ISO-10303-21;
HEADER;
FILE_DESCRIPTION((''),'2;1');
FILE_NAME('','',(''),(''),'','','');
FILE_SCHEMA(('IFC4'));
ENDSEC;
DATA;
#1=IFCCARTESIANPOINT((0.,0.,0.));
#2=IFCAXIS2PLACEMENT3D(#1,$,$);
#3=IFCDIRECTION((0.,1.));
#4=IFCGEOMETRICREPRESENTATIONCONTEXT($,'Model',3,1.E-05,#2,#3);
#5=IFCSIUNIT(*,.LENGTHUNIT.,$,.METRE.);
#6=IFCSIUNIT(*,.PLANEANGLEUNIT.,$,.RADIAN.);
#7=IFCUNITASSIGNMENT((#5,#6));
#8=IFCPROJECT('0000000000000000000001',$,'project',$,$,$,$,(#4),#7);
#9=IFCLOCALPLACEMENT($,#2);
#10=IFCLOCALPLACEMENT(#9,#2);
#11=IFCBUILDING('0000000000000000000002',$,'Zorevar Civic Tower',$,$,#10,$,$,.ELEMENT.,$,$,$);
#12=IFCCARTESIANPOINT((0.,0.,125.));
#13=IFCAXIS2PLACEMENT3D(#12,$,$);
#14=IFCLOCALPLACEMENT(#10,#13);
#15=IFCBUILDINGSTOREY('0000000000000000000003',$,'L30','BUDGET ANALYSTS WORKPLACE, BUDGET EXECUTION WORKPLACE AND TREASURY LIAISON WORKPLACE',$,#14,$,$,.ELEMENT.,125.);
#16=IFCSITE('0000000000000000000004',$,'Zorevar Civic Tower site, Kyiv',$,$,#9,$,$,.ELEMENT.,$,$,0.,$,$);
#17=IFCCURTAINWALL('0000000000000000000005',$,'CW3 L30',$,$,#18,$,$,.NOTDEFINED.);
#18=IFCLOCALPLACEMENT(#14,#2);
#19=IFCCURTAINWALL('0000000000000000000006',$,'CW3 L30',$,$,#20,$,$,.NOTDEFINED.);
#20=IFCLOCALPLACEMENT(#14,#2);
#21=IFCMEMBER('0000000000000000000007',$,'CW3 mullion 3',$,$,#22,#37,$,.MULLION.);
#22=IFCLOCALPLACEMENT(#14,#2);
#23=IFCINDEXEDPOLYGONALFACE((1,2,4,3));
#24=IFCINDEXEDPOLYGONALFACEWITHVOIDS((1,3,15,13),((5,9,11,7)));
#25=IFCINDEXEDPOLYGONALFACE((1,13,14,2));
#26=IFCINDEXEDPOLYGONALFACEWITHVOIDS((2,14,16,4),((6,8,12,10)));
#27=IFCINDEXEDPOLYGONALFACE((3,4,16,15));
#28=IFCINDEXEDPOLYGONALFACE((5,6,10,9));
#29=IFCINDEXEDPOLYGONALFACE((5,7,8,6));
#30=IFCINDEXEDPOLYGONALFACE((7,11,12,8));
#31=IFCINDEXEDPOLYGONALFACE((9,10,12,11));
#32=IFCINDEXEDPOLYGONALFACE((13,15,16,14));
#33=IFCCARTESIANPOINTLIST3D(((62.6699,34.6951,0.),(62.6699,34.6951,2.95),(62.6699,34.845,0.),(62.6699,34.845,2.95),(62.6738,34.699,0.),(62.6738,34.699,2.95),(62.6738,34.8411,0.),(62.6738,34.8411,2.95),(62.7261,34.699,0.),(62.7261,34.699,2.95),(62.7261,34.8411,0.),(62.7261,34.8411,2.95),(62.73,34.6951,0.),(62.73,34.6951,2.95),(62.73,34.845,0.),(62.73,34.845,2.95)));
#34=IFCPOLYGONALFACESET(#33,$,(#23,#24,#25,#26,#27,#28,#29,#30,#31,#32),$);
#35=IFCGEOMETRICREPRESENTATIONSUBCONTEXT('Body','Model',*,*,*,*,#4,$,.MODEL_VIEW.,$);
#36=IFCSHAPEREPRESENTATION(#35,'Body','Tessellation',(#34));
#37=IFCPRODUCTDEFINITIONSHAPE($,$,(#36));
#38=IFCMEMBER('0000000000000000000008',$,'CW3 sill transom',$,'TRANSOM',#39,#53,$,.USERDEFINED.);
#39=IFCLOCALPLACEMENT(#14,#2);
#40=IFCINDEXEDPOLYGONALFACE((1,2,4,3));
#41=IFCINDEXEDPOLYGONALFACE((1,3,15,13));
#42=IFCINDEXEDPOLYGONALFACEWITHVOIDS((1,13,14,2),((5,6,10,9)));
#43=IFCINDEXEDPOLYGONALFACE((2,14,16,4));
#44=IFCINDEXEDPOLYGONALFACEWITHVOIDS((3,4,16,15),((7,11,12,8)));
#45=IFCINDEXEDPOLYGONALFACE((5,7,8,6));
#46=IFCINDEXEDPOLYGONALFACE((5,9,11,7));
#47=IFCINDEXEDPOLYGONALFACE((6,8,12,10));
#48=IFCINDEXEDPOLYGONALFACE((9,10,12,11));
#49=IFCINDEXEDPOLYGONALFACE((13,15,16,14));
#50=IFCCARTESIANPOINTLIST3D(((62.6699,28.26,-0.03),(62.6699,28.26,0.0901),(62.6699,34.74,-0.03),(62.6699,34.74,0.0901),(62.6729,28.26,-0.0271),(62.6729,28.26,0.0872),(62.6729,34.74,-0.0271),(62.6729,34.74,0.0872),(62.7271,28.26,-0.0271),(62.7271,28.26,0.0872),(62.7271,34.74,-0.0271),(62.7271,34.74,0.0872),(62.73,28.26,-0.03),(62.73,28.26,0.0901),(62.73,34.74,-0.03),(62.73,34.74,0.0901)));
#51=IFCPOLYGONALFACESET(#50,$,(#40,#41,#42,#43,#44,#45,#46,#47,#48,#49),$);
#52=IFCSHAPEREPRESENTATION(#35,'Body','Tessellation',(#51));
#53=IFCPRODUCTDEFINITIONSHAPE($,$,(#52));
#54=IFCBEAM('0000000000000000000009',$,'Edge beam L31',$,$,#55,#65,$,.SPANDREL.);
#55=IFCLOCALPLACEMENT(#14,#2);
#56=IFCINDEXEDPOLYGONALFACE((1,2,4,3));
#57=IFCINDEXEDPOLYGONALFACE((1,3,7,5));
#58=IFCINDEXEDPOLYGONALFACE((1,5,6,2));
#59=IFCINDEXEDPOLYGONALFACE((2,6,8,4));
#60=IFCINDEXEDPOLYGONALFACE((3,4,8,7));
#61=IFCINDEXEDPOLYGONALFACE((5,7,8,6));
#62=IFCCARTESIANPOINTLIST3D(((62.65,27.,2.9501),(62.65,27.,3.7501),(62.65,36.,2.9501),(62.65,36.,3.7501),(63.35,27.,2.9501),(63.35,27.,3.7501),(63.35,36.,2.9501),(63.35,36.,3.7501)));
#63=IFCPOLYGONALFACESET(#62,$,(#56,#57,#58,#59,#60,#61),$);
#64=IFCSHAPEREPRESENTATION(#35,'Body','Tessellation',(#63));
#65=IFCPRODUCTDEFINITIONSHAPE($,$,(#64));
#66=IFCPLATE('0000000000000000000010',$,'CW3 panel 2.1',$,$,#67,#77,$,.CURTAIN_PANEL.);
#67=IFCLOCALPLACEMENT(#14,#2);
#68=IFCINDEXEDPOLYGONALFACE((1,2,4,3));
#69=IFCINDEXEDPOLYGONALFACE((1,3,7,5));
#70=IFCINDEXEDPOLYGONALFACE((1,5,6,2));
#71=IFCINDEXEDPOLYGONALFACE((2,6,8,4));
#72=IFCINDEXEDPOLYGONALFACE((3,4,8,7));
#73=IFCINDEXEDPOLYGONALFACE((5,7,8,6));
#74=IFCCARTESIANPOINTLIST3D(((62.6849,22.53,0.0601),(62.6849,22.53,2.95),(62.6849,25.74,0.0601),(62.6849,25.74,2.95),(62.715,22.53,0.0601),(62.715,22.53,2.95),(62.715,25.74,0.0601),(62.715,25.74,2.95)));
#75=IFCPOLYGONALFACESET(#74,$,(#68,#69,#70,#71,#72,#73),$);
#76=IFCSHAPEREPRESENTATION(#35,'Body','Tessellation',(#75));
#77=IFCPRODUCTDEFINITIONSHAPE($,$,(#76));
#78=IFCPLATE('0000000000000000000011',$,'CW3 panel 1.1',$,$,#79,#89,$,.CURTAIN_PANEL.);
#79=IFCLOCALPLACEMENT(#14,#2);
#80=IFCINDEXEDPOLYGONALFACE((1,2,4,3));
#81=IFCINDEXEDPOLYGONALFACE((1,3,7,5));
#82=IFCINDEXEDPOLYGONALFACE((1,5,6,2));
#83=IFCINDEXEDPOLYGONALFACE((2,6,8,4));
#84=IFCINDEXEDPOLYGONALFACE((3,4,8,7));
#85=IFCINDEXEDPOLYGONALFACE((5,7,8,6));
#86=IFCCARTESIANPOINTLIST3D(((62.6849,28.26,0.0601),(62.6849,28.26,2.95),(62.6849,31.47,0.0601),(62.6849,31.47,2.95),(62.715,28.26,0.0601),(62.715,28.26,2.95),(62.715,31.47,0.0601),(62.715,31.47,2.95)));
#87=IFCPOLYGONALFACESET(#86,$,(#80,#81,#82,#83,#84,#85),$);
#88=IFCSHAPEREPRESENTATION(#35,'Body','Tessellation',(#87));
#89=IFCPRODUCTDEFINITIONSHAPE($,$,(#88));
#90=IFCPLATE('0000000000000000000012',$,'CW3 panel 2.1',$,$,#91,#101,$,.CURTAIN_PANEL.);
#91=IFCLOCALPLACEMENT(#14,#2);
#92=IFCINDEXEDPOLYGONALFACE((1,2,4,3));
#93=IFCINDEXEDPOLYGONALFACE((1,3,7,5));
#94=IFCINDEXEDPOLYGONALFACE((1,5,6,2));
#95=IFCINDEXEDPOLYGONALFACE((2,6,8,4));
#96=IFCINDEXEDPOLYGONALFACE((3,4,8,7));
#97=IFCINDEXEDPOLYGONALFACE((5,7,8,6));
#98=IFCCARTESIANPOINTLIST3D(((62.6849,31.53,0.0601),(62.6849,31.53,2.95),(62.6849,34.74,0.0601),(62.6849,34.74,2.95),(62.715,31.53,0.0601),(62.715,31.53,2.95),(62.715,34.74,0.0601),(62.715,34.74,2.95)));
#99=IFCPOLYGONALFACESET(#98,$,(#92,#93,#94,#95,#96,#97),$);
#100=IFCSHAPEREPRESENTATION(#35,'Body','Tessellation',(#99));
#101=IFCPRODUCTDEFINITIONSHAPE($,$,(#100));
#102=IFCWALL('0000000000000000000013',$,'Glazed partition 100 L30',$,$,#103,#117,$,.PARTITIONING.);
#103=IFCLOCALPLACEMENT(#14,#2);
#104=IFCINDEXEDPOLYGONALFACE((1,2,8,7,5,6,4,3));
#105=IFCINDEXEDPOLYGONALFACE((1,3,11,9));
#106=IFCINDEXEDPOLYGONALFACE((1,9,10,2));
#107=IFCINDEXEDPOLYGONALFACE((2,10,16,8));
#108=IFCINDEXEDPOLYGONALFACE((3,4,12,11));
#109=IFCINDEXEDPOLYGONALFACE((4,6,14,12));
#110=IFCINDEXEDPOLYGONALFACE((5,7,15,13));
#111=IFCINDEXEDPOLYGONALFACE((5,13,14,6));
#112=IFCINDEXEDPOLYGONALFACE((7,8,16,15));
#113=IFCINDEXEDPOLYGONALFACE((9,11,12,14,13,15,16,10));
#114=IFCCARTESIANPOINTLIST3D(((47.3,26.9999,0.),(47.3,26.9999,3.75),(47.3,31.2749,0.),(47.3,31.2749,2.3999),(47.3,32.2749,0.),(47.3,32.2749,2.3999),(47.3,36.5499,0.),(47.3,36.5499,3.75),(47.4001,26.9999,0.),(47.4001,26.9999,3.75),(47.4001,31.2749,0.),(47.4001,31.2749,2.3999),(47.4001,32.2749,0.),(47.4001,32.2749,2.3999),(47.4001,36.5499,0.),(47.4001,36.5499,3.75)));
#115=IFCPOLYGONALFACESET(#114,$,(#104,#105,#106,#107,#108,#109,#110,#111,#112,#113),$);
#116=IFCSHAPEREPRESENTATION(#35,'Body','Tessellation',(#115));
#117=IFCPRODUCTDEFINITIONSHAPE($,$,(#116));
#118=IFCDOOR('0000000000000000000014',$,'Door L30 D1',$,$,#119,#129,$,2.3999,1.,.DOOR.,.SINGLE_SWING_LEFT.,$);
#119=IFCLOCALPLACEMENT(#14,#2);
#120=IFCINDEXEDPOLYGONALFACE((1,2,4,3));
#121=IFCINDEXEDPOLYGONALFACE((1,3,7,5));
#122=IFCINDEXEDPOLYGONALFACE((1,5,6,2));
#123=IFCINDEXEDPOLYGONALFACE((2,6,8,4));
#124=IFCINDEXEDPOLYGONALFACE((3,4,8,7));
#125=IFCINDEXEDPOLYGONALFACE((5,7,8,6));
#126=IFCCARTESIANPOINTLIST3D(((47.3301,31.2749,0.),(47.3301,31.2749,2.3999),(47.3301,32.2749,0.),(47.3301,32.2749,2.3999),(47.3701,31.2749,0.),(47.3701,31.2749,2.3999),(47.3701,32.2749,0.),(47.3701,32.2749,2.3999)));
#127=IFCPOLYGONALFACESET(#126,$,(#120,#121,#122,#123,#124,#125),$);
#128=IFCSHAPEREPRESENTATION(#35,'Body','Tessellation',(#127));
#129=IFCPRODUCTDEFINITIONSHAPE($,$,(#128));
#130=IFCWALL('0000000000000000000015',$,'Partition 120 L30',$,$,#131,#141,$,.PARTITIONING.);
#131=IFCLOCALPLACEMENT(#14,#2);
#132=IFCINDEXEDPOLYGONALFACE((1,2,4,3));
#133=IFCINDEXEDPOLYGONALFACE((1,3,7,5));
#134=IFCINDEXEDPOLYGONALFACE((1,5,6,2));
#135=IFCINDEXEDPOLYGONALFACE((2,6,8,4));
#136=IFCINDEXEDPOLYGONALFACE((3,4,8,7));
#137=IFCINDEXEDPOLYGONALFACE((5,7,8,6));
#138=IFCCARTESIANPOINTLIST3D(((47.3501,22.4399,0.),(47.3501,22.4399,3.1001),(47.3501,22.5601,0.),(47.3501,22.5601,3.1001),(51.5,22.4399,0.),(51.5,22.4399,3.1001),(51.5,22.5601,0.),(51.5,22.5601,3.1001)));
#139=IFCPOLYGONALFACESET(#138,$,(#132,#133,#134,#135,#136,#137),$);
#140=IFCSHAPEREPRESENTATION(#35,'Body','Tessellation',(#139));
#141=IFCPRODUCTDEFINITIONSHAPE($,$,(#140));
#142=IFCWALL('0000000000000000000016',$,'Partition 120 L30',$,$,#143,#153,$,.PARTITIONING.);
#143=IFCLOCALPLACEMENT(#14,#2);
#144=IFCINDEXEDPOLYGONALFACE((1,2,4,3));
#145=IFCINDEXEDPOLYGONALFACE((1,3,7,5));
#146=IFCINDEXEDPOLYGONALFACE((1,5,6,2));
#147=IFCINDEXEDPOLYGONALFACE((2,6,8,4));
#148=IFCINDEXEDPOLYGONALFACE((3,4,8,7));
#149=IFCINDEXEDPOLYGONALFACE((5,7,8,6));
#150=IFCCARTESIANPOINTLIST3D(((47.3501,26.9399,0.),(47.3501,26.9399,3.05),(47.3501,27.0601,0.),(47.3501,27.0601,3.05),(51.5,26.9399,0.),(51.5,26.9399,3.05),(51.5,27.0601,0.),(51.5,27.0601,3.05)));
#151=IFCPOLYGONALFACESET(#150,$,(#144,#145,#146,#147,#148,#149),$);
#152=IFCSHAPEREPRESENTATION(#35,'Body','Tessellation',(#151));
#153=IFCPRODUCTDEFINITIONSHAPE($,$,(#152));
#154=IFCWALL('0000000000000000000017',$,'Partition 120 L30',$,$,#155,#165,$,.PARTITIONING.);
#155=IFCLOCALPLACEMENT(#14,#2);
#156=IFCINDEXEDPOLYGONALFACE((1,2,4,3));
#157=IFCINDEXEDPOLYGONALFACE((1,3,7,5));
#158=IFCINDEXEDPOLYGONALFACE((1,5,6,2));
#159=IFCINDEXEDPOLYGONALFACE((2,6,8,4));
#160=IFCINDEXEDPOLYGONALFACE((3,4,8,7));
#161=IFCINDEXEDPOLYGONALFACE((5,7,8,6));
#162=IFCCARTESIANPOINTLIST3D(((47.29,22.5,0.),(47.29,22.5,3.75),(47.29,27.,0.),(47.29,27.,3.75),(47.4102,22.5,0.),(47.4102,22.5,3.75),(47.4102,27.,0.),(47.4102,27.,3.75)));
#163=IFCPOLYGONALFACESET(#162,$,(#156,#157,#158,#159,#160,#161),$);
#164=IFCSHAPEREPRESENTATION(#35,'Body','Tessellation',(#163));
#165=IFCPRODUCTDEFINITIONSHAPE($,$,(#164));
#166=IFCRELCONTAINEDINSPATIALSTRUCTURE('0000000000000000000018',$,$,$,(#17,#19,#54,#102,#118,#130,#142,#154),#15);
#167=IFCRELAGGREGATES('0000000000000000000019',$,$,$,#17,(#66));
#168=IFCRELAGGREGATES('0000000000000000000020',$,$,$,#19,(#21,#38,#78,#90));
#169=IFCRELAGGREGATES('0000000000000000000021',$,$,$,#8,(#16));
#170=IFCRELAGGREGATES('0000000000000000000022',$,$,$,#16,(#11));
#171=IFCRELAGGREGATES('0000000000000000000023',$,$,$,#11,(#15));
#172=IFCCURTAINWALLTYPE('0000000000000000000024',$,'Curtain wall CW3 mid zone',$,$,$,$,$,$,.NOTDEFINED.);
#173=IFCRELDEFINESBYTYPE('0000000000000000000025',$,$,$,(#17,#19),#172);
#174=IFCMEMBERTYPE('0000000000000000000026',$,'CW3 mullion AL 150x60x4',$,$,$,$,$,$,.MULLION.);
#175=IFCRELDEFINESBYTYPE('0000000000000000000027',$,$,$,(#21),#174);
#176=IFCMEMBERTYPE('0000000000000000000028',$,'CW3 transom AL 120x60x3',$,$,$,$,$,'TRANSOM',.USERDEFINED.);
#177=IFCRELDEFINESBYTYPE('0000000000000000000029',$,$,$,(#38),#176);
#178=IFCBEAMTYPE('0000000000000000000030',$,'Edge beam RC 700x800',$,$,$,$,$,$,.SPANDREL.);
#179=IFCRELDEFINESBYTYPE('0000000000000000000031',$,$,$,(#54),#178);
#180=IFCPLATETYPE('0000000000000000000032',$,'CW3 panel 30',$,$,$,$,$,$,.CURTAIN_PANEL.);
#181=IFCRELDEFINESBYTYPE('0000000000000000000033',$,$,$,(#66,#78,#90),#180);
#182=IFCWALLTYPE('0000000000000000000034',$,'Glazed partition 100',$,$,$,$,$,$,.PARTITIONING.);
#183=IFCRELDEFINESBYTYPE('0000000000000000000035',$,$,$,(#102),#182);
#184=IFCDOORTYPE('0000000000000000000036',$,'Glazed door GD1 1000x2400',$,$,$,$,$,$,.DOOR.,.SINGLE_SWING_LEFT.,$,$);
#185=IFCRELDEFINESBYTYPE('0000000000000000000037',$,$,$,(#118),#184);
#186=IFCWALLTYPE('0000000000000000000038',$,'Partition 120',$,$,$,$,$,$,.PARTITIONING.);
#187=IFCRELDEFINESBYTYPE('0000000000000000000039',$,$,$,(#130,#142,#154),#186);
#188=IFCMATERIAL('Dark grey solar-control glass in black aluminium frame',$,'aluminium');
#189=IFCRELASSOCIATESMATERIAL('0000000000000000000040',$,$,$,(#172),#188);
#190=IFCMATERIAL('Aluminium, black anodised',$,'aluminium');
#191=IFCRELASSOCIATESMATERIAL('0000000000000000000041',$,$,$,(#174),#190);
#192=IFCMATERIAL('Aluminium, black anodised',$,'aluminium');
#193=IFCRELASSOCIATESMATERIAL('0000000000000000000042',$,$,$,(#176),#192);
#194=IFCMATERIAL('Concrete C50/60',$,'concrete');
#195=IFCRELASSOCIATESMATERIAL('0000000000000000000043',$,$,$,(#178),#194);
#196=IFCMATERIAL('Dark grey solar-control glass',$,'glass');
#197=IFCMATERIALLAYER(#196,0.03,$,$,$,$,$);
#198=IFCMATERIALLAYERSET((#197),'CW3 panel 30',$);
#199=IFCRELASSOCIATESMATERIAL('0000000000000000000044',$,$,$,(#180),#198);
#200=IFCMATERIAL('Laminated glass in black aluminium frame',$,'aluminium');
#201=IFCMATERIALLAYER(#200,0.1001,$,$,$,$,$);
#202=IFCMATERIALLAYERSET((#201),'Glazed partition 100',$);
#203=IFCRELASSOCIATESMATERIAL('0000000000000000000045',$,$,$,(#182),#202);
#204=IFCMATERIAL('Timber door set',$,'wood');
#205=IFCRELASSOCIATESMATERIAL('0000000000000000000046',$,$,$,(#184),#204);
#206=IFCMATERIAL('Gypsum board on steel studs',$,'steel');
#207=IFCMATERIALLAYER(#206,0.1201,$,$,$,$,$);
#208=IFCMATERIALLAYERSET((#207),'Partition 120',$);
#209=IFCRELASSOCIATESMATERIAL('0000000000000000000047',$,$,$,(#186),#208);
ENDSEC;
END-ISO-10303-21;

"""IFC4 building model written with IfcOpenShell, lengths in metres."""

from ifc_helpers import new_model, si_unit, direction, frame, frame_2d, origin, origin_2d, place, context, subcontext, project, spatial, rectangle, hollow_rectangle, extrude, material, layer, layer_set, material_profile, profile_set, type_object, element, fill, aggregate, save


model = new_model("IFC4")

# Units and contexts
model_context = context("Model", 3, precision=1e-05, world=origin(), true_north=direction((0.0, 1.0)))
body_context = subcontext(model_context, "Body", "Model", "MODEL_VIEW")
ifc_project = project(units=[si_unit("LENGTHUNIT", "METRE"), si_unit("PLANEANGLEUNIT", "RADIAN")], contexts=[model_context])

# Site, building, storey
site_placement = place(None, origin())
site = spatial("IfcSite", under=ifc_project, at=site_placement, Name="Zorevar Civic Tower site, Kyiv", CompositionType="ELEMENT", RefElevation=0.0)
building_placement = place(site_placement, origin())
building = spatial("IfcBuilding", under=site, at=building_placement, Name="Zorevar Civic Tower", CompositionType="ELEMENT")
storey_placement = place(building_placement, frame((0.0, 0.0, 125.0)))
storey = spatial("IfcBuildingStorey", under=building, at=storey_placement, Name="L30", Description="BUDGET ANALYSTS WORKPLACE, BUDGET EXECUTION WORKPLACE AND TREASURY LIAISON WORKPLACE", CompositionType="ELEMENT", Elevation=125.0)

# Curtain walls, members
ifc_material_1 = material(Name="Dark grey solar-control glass in black aluminium frame", Category="aluminium")
curtain_wall_type = type_object("IfcCurtainWallType", Name="Curtain wall CW3 mid zone", PredefinedType="NOTDEFINED", material=ifc_material_1)
curtain_wall_1_placement = place(storey_placement, origin())
curtain_wall_1 = element("IfcCurtainWall", 1, at=curtain_wall_1_placement, inside=storey, type_object=curtain_wall_type, Name="CW3 L30", PredefinedType="NOTDEFINED")
ifc_material_2 = material(Name="Aluminium, black anodised", Category="aluminium")
ifc_material_profile_1 = material_profile(ifc_material_2, hollow_rectangle(XDim=0.0601, YDim=0.1499, WallThickness=0.0039, at=origin_2d()), Name="AL 150x60x4")
ifc_profile_set_1 = profile_set([ifc_material_profile_1], Name="Aluminium, black anodised")
member_type_1 = type_object("IfcMemberType", Name="CW3 mullion AL 150x60x4", PredefinedType="MULLION", material=ifc_profile_set_1)
curtain_wall_2_placement = place(storey_placement, origin())
curtain_wall_2 = element("IfcCurtainWall", 2, at=curtain_wall_2_placement, inside=storey, type_object=curtain_wall_type, Name="CW3 L30", PredefinedType="NOTDEFINED")
member_1_placement = place(storey_placement, frame((62.7, 34.77, 0.0), z_axis=(0.0, 0.0, 1.0), x_axis=(-1.0, 0.0, 0.0)))
member_1 = element("IfcMember", 3, at=member_1_placement, type_object=member_type_1, Name="CW3 mullion 3", PredefinedType="MULLION", context=body_context, shape_type="SweptSolid", body=[
    extrude(hollow_rectangle(XDim=0.0601, YDim=0.1499, WallThickness=0.0039, at=origin_2d()), origin(), (0.0, 0.0, 1.0), 2.95),
])
ifc_material_3 = material(Name="Aluminium, black anodised", Category="aluminium")
ifc_material_profile_2 = material_profile(ifc_material_3, hollow_rectangle(XDim=0.0601, YDim=0.1201, WallThickness=0.0029, at=origin_2d()), Name="AL 120x60x3")
ifc_profile_set_2 = profile_set([ifc_material_profile_2], Name="Aluminium, black anodised")
member_type_2 = type_object("IfcMemberType", Name="CW3 transom AL 120x60x3", ElementType="TRANSOM", PredefinedType="USERDEFINED", material=ifc_profile_set_2)
member_2_placement = place(storey_placement, frame((62.7, 28.26, 0.03), z_axis=(0.0, 1.0, 0.0), x_axis=(-1.0, 0.0, 0.0)))
member_2 = element("IfcMember", 4, at=member_2_placement, type_object=member_type_2, Name="CW3 sill transom", ObjectType="TRANSOM", PredefinedType="USERDEFINED", context=body_context, shape_type="SweptSolid", body=[
    extrude(hollow_rectangle(XDim=0.0601, YDim=0.1201, WallThickness=0.0029, at=origin_2d()), origin(), (0.0, 0.0, 1.0), 6.48),
])

# Beam
ifc_material_4 = material(Name="Concrete C50/60", Category="concrete")
ifc_material_profile_3 = material_profile(ifc_material_4, rectangle(XDim=0.7, YDim=0.8, at=origin_2d()), Name="RC 700x800")
ifc_profile_set_3 = profile_set([ifc_material_profile_3], Name="Concrete C50/60")
beam_type_1 = type_object("IfcBeamType", Name="Edge beam RC 700x800", PredefinedType="SPANDREL", material=ifc_profile_set_3)
beam_1_placement = place(storey_placement, frame((63.0, 27.0, 3.3501), z_axis=(0.0, 1.0, 0.0), x_axis=(-1.0, 0.0, 0.0)))
element("IfcBeam", 5, at=beam_1_placement, inside=storey, type_object=beam_type_1, Name="Edge beam L31", PredefinedType="SPANDREL", context=body_context, shape_type="SweptSolid", body=[
    extrude(rectangle(XDim=0.7, YDim=0.8, at=origin_2d()), origin(), (0.0, 0.0, 1.0), 9.0),
])

# Plates
ifc_material_5 = material(Name="Dark grey solar-control glass", Category="glass")
ifc_layer_1 = layer(ifc_material_5, 0.03)
ifc_layer_set_1 = layer_set([ifc_layer_1], Name="CW3 panel 30")
plate_type = type_object("IfcPlateType", Name="CW3 panel 30", PredefinedType="CURTAIN_PANEL", material=ifc_layer_set_1)
plate_1_placement = place(storey_placement, frame((62.7, 24.135, 0.0601), z_axis=(0.0, 0.0, 1.0), x_axis=(0.0, 1.0, 0.0)))
plate_1 = element("IfcPlate", 6, at=plate_1_placement, type_object=plate_type, Name="CW3 panel 2.1", PredefinedType="CURTAIN_PANEL", context=body_context, shape_type="SweptSolid", body=[
    extrude(rectangle(XDim=3.21, YDim=0.03, at=origin_2d()), origin(), (0.0, 0.0, 1.0), 2.8899),
])
aggregate(curtain_wall_1, [plate_1])
plate_2_placement = place(storey_placement, frame((62.7, 29.865, 0.0601), z_axis=(0.0, 0.0, 1.0), x_axis=(0.0, 1.0, 0.0)))
plate_2 = element("IfcPlate", 7, at=plate_2_placement, type_object=plate_type, Name="CW3 panel 1.1", PredefinedType="CURTAIN_PANEL", context=body_context, shape_type="SweptSolid", body=[
    extrude(rectangle(XDim=3.21, YDim=0.03, at=origin_2d()), origin(), (0.0, 0.0, 1.0), 2.8899),
])
plate_3_placement = place(storey_placement, frame((62.7, 33.135, 0.0601), z_axis=(0.0, 0.0, 1.0), x_axis=(0.0, 1.0, 0.0)))
plate_3 = element("IfcPlate", 8, at=plate_3_placement, type_object=plate_type, Name="CW3 panel 2.1", PredefinedType="CURTAIN_PANEL", context=body_context, shape_type="SweptSolid", body=[
    extrude(rectangle(XDim=3.21, YDim=0.03, at=origin_2d()), origin(), (0.0, 0.0, 1.0), 2.8899),
])
aggregate(curtain_wall_2, [member_1, member_2, plate_2, plate_3])

# Wall, opening, door
ifc_material_6 = material(Name="Laminated glass in black aluminium frame", Category="aluminium")
ifc_layer_2 = layer(ifc_material_6, 0.1001)
ifc_layer_set_2 = layer_set([ifc_layer_2], Name="Glazed partition 100")
wall_type_1 = type_object("IfcWallType", Name="Glazed partition 100", PredefinedType="PARTITIONING", material=ifc_layer_set_2)
wall_1_placement = place(storey_placement, frame((47.3501, 27.0, 0.0), z_axis=(0.0, 0.0, 1.0), x_axis=(0.0, 1.0, 0.0)))
wall_1 = element("IfcWall", 9, at=wall_1_placement, inside=storey, type_object=wall_type_1, Name="Glazed partition 100 L30", PredefinedType="PARTITIONING", context=body_context, shape_type="SweptSolid", body=[
    extrude(rectangle(XDim=9.55, YDim=0.1001, at=frame_2d((4.7749, 0.0))), origin(), (0.0, 0.0, 1.0), 3.75),
])
opening_1_placement = place(wall_1_placement, frame((4.2749, 0.0, 0.0)))
opening_1 = element("IfcOpeningElement", 10, at=opening_1_placement, cuts=wall_1, PredefinedType="OPENING", context=body_context, shape_type="SweptSolid", body=[
    extrude(rectangle(XDim=1.0, YDim=2.3999, at=frame_2d((0.5, 1.2))), frame((0.0, 0.0601, 0.0), z_axis=(0.0, -1.0, 0.0), x_axis=(1.0, 0.0, 0.0)), (0.0, 0.0, 1.0), 0.1201),
])
ifc_material_7 = material(Name="Timber door set", Category="wood")
door_type_1 = type_object("IfcDoorType", Name="Glazed door GD1 1000x2400", OperationType="SINGLE_SWING_LEFT", PredefinedType="DOOR", material=ifc_material_7)
door_1_placement = place(opening_1_placement, origin())
door_1 = element("IfcDoor", 11, at=door_1_placement, inside=storey, type_object=door_type_1, Name="Door L30 D1", OperationType="SINGLE_SWING_LEFT", OverallHeight=2.3999, OverallWidth=1.0, PredefinedType="DOOR", context=body_context, shape_type="SweptSolid", body=[
    extrude(rectangle(XDim=1.0, YDim=2.3999, at=frame_2d((0.5, 1.2))), frame((0.0, 0.02, 0.0), z_axis=(0.0, -1.0, 0.0), x_axis=(1.0, 0.0, 0.0)), (0.0, 0.0, 1.0), 0.04),
])
fill(opening_1, door_1)

# Walls
ifc_material_8 = material(Name="Gypsum board on steel studs", Category="steel")
ifc_layer_3 = layer(ifc_material_8, 0.1201)
ifc_layer_set_3 = layer_set([ifc_layer_3], Name="Partition 120")
wall_type_2 = type_object("IfcWallType", Name="Partition 120", PredefinedType="PARTITIONING", material=ifc_layer_set_3)
wall_2_placement = place(storey_placement, frame((47.3501, 22.5, 0.0), z_axis=(0.0, 0.0, 1.0), x_axis=(1.0, 0.0, 0.0)))
element("IfcWall", 12, at=wall_2_placement, inside=storey, type_object=wall_type_2, Name="Partition 120 L30", PredefinedType="PARTITIONING", context=body_context, shape_type="SweptSolid", body=[
    extrude(rectangle(XDim=4.1499, YDim=0.1201, at=frame_2d((2.075, 0.0))), origin(), (0.0, 0.0, 1.0), 3.1001),
])
wall_3_placement = place(storey_placement, frame((47.3501, 27.0, 0.0), z_axis=(0.0, 0.0, 1.0), x_axis=(1.0, 0.0, 0.0)))
element("IfcWall", 13, at=wall_3_placement, inside=storey, type_object=wall_type_2, Name="Partition 120 L30", PredefinedType="PARTITIONING", context=body_context, shape_type="SweptSolid", body=[
    extrude(rectangle(XDim=4.1499, YDim=0.1201, at=frame_2d((2.075, 0.0))), origin(), (0.0, 0.0, 1.0), 3.05),
])
wall_4_placement = place(storey_placement, frame((47.3501, 22.5, 0.0), z_axis=(0.0, 0.0, 1.0), x_axis=(0.0, 1.0, 0.0)))
element("IfcWall", 14, at=wall_4_placement, inside=storey, type_object=wall_type_2, Name="Partition 120 L30", PredefinedType="PARTITIONING", context=body_context, shape_type="SweptSolid", body=[
    extrude(rectangle(XDim=4.5, YDim=0.1201, at=frame_2d((2.25, 0.0))), origin(), (0.0, 0.0, 1.0), 3.75),
])

save(model, "model.ifc")
